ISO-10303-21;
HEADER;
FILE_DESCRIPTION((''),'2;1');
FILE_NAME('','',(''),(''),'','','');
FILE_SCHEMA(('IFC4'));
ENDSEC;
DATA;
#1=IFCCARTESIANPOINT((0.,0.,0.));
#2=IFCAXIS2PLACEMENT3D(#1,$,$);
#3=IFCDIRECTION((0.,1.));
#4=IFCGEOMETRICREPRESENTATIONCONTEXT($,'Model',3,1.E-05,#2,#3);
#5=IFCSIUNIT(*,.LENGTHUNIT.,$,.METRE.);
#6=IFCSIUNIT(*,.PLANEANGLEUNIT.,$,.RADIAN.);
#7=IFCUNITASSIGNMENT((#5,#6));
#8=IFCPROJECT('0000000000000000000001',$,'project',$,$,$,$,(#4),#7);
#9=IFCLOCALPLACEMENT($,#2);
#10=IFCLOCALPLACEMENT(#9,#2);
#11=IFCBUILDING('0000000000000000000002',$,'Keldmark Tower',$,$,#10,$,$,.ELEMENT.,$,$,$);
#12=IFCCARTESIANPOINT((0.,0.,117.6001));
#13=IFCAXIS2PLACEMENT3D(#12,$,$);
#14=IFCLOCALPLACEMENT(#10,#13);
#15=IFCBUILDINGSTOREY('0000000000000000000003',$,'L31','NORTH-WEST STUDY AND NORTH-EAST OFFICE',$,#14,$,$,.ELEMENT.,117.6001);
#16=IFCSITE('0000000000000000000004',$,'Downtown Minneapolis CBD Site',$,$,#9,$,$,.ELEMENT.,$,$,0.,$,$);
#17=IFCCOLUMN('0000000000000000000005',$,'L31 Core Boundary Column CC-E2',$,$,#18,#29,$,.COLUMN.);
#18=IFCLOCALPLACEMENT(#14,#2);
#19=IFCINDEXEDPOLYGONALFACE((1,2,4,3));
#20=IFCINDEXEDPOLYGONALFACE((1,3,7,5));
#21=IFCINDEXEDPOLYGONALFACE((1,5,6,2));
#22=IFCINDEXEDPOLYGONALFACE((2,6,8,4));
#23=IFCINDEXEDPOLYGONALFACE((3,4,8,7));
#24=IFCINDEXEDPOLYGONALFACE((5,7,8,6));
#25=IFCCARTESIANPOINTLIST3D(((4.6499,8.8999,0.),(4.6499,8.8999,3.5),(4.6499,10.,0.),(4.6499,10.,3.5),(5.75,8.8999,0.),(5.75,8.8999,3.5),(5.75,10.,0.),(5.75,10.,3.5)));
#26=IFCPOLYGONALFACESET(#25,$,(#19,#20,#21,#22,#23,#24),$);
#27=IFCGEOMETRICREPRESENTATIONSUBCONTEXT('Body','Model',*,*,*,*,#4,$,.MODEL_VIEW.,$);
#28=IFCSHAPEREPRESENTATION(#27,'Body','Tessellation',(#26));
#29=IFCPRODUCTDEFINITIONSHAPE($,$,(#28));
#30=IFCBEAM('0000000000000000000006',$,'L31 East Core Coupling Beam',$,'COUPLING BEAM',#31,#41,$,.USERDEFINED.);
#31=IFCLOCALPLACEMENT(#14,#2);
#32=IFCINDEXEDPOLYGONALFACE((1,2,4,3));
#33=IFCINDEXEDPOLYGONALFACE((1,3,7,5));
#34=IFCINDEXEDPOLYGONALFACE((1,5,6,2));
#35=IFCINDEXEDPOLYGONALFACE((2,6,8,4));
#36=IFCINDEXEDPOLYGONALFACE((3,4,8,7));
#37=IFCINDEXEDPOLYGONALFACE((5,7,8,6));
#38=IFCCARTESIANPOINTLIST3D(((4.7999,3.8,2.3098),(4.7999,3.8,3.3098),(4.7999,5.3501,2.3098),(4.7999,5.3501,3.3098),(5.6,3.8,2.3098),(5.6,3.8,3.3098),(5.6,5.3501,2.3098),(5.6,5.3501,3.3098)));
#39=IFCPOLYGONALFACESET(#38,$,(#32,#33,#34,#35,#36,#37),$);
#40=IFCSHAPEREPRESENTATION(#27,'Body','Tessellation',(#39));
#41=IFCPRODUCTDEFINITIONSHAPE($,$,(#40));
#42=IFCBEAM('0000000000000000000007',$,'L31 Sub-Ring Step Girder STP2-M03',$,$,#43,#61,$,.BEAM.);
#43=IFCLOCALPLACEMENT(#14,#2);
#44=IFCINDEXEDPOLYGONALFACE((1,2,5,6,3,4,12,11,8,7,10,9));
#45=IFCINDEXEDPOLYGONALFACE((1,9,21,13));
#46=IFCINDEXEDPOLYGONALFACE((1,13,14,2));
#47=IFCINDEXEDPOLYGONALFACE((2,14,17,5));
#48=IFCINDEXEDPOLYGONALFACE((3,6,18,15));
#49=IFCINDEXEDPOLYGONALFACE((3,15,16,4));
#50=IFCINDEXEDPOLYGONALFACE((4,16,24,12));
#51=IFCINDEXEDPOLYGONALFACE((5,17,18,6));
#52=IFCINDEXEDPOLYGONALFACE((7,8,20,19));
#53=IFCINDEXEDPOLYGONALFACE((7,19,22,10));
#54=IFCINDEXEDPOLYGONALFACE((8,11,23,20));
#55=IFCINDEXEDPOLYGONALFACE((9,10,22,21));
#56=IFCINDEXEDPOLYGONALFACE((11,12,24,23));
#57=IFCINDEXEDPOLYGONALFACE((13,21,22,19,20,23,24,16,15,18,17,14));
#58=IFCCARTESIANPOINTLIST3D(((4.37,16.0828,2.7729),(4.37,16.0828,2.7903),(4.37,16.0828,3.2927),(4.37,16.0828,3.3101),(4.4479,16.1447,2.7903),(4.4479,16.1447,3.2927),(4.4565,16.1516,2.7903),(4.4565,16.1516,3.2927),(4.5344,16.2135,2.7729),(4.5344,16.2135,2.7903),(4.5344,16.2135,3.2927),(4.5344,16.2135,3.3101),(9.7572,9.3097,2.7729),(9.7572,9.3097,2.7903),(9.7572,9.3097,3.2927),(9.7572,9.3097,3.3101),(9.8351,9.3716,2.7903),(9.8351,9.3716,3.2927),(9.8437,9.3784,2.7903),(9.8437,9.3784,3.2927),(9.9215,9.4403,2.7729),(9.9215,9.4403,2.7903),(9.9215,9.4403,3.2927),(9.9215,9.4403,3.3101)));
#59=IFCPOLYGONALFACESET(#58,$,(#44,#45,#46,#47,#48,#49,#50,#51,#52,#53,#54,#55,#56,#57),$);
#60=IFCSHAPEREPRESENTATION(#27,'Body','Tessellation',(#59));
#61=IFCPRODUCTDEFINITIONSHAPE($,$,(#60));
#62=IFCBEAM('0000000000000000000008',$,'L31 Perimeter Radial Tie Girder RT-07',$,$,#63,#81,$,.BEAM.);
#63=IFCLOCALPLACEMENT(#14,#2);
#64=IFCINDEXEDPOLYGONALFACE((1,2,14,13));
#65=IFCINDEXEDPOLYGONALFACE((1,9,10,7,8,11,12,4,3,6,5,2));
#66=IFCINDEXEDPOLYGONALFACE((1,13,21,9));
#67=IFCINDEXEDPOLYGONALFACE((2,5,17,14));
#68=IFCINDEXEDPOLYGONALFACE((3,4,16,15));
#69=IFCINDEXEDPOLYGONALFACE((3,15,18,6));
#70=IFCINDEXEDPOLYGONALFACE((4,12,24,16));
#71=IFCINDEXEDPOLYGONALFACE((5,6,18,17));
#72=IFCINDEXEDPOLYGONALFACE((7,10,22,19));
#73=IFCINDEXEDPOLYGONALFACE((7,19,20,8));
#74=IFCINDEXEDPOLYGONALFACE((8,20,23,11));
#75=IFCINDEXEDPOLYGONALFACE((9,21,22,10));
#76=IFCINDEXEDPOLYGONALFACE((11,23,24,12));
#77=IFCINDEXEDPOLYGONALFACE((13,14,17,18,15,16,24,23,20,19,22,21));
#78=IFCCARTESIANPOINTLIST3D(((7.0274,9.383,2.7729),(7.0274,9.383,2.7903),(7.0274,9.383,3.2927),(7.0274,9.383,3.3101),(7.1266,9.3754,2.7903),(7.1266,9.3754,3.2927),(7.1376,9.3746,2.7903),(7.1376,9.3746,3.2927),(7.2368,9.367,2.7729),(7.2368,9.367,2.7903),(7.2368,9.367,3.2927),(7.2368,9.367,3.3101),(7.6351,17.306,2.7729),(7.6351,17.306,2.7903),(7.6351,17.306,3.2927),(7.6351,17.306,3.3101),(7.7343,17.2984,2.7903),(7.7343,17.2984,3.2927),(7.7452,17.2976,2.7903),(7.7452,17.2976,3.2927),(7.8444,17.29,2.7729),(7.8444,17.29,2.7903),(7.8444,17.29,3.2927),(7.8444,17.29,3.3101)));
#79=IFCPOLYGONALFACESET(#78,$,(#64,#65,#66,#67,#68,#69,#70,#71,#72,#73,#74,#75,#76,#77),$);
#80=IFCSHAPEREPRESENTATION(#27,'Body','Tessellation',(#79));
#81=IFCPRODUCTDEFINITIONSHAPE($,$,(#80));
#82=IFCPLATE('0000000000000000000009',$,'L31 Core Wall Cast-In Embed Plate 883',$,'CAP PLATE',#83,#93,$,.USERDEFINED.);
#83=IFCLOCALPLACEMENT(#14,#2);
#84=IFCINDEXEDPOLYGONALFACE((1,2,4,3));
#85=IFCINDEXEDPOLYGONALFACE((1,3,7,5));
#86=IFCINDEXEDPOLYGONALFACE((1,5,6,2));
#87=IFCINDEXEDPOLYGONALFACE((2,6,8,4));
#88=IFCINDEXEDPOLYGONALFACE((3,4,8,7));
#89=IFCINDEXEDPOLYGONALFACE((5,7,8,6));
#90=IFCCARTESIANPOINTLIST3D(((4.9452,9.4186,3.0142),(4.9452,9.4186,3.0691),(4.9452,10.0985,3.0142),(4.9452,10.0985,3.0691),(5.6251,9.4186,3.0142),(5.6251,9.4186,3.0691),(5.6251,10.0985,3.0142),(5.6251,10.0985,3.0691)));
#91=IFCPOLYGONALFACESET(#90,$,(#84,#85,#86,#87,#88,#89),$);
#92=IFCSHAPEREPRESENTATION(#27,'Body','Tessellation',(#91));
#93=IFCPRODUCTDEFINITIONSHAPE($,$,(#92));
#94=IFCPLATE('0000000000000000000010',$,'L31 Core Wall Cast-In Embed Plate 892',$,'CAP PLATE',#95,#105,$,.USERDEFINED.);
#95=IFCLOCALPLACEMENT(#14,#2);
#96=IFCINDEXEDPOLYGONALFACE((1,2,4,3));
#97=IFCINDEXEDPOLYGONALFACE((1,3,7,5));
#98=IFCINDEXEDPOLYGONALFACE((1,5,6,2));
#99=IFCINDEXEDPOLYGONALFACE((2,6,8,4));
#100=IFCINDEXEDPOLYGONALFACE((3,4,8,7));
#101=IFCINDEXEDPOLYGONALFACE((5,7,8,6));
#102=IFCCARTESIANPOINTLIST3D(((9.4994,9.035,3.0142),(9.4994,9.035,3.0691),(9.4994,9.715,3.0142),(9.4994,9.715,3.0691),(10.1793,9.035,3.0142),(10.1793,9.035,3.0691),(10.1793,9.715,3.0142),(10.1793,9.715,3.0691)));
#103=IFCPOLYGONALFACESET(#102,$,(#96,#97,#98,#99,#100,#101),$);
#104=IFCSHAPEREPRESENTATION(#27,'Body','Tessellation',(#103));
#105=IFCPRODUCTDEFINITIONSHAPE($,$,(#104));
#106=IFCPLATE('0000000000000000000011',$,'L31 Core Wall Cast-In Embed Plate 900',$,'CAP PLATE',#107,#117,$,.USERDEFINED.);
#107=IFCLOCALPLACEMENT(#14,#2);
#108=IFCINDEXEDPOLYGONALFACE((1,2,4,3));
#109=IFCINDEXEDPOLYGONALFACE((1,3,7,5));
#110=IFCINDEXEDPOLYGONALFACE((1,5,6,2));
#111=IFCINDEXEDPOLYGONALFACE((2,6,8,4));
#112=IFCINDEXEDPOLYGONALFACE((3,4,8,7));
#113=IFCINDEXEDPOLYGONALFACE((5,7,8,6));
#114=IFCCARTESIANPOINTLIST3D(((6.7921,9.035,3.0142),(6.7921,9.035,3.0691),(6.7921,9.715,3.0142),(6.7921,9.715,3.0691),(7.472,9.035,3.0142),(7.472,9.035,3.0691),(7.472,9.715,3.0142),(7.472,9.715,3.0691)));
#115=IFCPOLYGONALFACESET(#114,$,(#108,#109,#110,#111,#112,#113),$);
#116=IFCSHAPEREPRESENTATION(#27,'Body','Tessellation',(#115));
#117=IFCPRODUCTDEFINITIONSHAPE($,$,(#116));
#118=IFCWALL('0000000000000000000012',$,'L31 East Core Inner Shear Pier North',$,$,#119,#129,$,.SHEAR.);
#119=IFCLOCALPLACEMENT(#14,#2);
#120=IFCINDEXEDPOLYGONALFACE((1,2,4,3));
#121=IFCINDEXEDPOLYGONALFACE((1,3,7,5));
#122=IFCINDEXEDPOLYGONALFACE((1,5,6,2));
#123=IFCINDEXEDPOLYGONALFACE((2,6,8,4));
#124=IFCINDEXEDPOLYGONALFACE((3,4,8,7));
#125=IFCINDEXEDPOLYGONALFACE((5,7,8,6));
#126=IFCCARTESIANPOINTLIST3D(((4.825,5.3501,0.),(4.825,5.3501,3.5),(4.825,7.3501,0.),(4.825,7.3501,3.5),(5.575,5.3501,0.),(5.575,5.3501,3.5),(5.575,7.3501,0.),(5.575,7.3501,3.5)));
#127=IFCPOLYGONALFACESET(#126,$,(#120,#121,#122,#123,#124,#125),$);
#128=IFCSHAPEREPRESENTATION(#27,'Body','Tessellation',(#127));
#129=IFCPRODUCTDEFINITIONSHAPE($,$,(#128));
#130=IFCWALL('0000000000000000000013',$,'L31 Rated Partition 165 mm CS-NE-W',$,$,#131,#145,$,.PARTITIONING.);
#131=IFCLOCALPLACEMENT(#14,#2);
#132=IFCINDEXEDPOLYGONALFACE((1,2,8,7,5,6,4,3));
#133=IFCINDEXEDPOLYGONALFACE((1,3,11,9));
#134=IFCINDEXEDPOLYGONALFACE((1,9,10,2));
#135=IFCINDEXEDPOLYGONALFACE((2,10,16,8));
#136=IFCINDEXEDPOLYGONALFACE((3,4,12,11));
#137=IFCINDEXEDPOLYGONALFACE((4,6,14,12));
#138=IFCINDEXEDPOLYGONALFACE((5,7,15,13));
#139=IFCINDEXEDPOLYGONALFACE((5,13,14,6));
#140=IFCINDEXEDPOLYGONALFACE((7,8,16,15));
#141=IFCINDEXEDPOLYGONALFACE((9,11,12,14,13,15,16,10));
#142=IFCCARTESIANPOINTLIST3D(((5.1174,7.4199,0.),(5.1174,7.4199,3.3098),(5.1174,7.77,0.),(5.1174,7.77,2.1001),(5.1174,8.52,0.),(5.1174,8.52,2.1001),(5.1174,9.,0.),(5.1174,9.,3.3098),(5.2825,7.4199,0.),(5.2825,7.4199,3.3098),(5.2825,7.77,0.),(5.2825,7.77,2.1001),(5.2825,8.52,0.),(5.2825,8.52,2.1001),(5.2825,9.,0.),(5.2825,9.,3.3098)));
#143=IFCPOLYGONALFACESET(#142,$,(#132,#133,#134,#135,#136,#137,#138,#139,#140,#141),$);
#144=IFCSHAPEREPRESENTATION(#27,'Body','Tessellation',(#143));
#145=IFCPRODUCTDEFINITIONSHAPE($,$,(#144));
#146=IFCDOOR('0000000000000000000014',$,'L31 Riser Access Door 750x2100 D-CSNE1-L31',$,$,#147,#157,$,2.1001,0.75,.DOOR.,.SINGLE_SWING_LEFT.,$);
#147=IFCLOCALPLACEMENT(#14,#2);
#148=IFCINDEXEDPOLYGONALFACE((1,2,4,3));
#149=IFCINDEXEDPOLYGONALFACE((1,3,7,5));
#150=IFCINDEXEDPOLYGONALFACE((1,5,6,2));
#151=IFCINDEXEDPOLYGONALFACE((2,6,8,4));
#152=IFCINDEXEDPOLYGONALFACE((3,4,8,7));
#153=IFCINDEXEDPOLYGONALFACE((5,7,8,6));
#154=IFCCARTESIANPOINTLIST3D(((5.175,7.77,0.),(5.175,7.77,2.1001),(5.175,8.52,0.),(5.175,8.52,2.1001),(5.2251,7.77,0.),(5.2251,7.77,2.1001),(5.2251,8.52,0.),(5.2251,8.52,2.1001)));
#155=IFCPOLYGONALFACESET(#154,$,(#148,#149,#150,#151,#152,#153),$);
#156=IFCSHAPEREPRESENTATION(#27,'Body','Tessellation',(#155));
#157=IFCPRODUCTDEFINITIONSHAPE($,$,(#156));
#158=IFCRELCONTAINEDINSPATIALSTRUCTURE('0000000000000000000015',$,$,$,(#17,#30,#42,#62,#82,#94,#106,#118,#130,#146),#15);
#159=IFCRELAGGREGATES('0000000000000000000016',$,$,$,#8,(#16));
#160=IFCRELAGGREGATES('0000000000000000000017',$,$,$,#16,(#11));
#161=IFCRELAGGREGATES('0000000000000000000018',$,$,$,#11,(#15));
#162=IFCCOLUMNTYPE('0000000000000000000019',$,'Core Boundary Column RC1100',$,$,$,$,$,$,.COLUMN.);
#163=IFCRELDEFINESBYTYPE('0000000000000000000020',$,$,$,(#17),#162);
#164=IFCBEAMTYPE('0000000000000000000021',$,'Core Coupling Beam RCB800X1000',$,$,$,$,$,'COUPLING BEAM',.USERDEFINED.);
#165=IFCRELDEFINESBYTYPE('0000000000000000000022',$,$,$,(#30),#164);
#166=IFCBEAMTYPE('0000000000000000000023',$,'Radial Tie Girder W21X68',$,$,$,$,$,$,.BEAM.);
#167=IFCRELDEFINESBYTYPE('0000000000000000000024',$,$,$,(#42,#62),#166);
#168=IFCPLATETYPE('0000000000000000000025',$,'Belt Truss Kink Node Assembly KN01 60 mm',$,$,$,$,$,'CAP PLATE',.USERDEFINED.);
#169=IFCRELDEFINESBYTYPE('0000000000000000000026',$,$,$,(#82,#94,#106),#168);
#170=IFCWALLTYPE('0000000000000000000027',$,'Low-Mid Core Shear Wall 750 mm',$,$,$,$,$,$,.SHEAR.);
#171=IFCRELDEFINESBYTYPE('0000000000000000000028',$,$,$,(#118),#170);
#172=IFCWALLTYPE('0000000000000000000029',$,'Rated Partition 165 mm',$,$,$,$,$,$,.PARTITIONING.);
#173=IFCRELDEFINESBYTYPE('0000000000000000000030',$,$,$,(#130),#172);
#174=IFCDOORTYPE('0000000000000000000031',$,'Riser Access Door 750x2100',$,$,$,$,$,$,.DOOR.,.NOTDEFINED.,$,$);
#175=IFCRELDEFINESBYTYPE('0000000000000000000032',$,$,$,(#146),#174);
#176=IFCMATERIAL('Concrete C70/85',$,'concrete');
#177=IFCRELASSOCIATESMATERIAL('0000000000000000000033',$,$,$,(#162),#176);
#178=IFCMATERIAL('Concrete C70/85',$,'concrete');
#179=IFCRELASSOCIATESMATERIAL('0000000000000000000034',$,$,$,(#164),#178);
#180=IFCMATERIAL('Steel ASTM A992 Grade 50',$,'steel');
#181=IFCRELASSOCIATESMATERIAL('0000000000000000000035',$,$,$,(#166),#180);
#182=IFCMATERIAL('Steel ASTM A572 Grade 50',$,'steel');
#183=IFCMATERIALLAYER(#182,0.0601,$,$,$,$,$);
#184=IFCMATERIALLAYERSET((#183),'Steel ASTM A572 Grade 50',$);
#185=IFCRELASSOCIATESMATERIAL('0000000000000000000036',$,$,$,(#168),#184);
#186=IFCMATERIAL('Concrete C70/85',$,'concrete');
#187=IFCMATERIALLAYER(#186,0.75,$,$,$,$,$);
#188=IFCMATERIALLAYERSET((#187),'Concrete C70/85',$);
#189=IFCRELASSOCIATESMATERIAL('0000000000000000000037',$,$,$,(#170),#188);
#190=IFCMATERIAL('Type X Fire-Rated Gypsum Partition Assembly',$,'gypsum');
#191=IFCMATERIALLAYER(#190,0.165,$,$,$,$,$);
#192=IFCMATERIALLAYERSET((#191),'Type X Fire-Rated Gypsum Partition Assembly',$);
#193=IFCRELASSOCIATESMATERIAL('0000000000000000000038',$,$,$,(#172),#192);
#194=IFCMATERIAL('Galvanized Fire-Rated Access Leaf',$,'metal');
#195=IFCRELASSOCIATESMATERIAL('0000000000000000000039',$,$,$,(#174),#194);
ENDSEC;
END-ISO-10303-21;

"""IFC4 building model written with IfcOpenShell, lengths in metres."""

from ifc_helpers import new_model, si_unit, direction, frame, frame_2d, origin, origin_2d, place, context, subcontext, project, spatial, rectangle, i_section, extrude, material, layer, layer_set, material_profile, profile_set, type_object, element, fill, save


model = new_model("IFC4")

# Units and contexts
model_context = context("Model", 3, precision=1e-05, world=origin(), true_north=direction((0.0, 1.0)))
body_context = subcontext(model_context, "Body", "Model", "MODEL_VIEW")
ifc_project = project(units=[si_unit("LENGTHUNIT", "METRE"), si_unit("PLANEANGLEUNIT", "RADIAN")], contexts=[model_context])

# Site, building, storey
site_placement = place(None, origin())
site = spatial("IfcSite", under=ifc_project, at=site_placement, Name="Downtown Minneapolis CBD Site", CompositionType="ELEMENT", RefElevation=0.0)
building_placement = place(site_placement, origin())
building = spatial("IfcBuilding", under=site, at=building_placement, Name="Keldmark Tower", CompositionType="ELEMENT")
storey_placement = place(building_placement, frame((0.0, 0.0, 117.6001)))
storey = spatial("IfcBuildingStorey", under=building, at=storey_placement, Name="L31", Description="NORTH-WEST STUDY AND NORTH-EAST OFFICE", CompositionType="ELEMENT", Elevation=117.6001)

# Column
ifc_material_1 = material(Name="Concrete C70/85", Category="concrete")
ifc_material_profile_1 = material_profile(ifc_material_1, rectangle(XDim=1.1001, YDim=1.1001, at=origin_2d()), Name="RC1100X1100")
ifc_profile_set_1 = profile_set([ifc_material_profile_1], Name="Concrete C70/85")
column_type = type_object("IfcColumnType", Name="Core Boundary Column RC1100", PredefinedType="COLUMN", material=ifc_profile_set_1)
column_placement = place(storey_placement, frame((5.2, 9.45, 0.0), z_axis=(0.0, 0.0, 1.0), x_axis=(1.0, 0.0, 0.0)))
element("IfcColumn", 1, at=column_placement, inside=storey, type_object=column_type, Name="L31 Core Boundary Column CC-E2", PredefinedType="COLUMN", context=body_context, shape_type="SweptSolid", body=[
    extrude(rectangle(XDim=1.1001, YDim=1.1001, at=origin_2d()), origin(), (0.0, 0.0, 1.0), 3.5),
])

# Beams
ifc_material_2 = material(Name="Concrete C70/85", Category="concrete")
ifc_material_profile_2 = material_profile(ifc_material_2, rectangle(XDim=0.8, YDim=1.0, at=origin_2d()), Name="RCB800X1000")
ifc_profile_set_2 = profile_set([ifc_material_profile_2], Name="Concrete C70/85")
beam_type_1 = type_object("IfcBeamType", Name="Core Coupling Beam RCB800X1000", ElementType="COUPLING BEAM", PredefinedType="USERDEFINED", material=ifc_profile_set_2)
beam_1_placement = place(storey_placement, frame((5.2, 3.8, 2.8098), z_axis=(0.0, 1.0, 0.0), x_axis=(-1.0, 0.0, 0.0)))
element("IfcBeam", 2, at=beam_1_placement, inside=storey, type_object=beam_type_1, Name="L31 East Core Coupling Beam", ObjectType="COUPLING BEAM", PredefinedType="USERDEFINED", context=body_context, shape_type="SweptSolid", body=[
    extrude(rectangle(XDim=0.8, YDim=1.0, at=origin_2d()), origin(), (0.0, 0.0, 1.0), 1.55),
])
ifc_material_3 = material(Name="Steel ASTM A992 Grade 50", Category="steel")
ifc_material_profile_3 = material_profile(ifc_material_3, i_section(OverallWidth=0.21, OverallDepth=0.5371, WebThickness=0.011, FlangeThickness=0.0173, at=origin_2d()), Name="W21X68")
ifc_profile_set_3 = profile_set([ifc_material_profile_3], Name="Steel ASTM A992 Grade 50")
beam_type_2 = type_object("IfcBeamType", Name="Radial Tie Girder W21X68", PredefinedType="BEAM", material=ifc_profile_set_3)
beam_2_placement = place(storey_placement, frame((9.8394, 9.375, 3.0415), z_axis=(-0.622484, 0.782633, 0.0), x_axis=(-0.782633, -0.622484, 0.0)))
element("IfcBeam", 3, at=beam_2_placement, inside=storey, type_object=beam_type_2, Name="L31 Sub-Ring Step Girder STP2-M03", PredefinedType="BEAM", context=body_context, shape_type="SweptSolid", body=[
    extrude(i_section(OverallWidth=0.21, OverallDepth=0.5371, WebThickness=0.011, FlangeThickness=0.0173, at=origin_2d()), origin(), (0.0, 0.0, 1.0), 8.6543),
])
beam_3_placement = place(storey_placement, frame((7.1321, 9.375, 3.0415), z_axis=(0.076471, 0.997072, 0.0), x_axis=(-0.997072, 0.076471, 0.0)))
element("IfcBeam", 4, at=beam_3_placement, inside=storey, type_object=beam_type_2, Name="L31 Perimeter Radial Tie Girder RT-07", PredefinedType="BEAM", context=body_context, shape_type="SweptSolid", body=[
    extrude(i_section(OverallWidth=0.21, OverallDepth=0.5371, WebThickness=0.011, FlangeThickness=0.0173, at=origin_2d()), origin(), (0.0, 0.0, 1.0), 7.9463),
])

# Plates
ifc_material_4 = material(Name="Steel ASTM A572 Grade 50", Category="steel")
ifc_layer_1 = layer(ifc_material_4, 0.0601)
ifc_layer_set_1 = layer_set([ifc_layer_1], Name="Steel ASTM A572 Grade 50")
plate_type = type_object("IfcPlateType", Name="Belt Truss Kink Node Assembly KN01 60 mm", ElementType="CAP PLATE", PredefinedType="USERDEFINED", material=ifc_layer_set_1)
for number, where, z_axis, x_axis, name in (
    (5, (5.2852, 9.7585, 3.0142), (0.0, 0.0, 1.0), (1.0, 0.0, 0.0), "L31 Core Wall Cast-In Embed Plate 883"),
    (6, (9.8394, 9.375, 3.0142), (0.0, 0.0, 1.0), (1.0, 0.0, 0.0), "L31 Core Wall Cast-In Embed Plate 892"),
    (7, (7.1321, 9.375, 3.0142), (0.0, 0.0, 1.0), (1.0, 0.0, 0.0), "L31 Core Wall Cast-In Embed Plate 900"),
):
    element("IfcPlate", number, at=place(storey_placement, frame(where, z_axis=z_axis, x_axis=x_axis)), inside=storey, type_object=plate_type, Name=name, ObjectType="CAP PLATE", PredefinedType="USERDEFINED", context=body_context, shape_type="SweptSolid", body=[
        extrude(rectangle(XDim=0.6799, YDim=0.6799, at=origin_2d()), origin(), (0.0, 0.0, 1.0), 0.0549),
    ])

# Wall
ifc_material_5 = material(Name="Concrete C70/85", Category="concrete")
ifc_layer_2 = layer(ifc_material_5, 0.75)
ifc_layer_set_2 = layer_set([ifc_layer_2], Name="Concrete C70/85")
wall_type_1 = type_object("IfcWallType", Name="Low-Mid Core Shear Wall 750 mm", PredefinedType="SHEAR", material=ifc_layer_set_2)
wall_1_placement = place(storey_placement, frame((5.2, 5.3501, 0.0), z_axis=(0.0, 0.0, 1.0), x_axis=(0.0, 1.0, 0.0)))
element("IfcWall", 8, at=wall_1_placement, inside=storey, type_object=wall_type_1, Name="L31 East Core Inner Shear Pier North", PredefinedType="SHEAR", context=body_context, shape_type="SweptSolid", body=[
    extrude(rectangle(XDim=2.0, YDim=0.75, at=frame_2d((1.0, 0.0))), origin(), (0.0, 0.0, 1.0), 3.5),
])

# Wall, opening, door
ifc_material_6 = material(Name="Type X Fire-Rated Gypsum Partition Assembly", Category="gypsum")
ifc_layer_3 = layer(ifc_material_6, 0.165)
ifc_layer_set_3 = layer_set([ifc_layer_3], Name="Type X Fire-Rated Gypsum Partition Assembly")
wall_type_2 = type_object("IfcWallType", Name="Rated Partition 165 mm", PredefinedType="PARTITIONING", material=ifc_layer_set_3)
wall_2_placement = place(storey_placement, frame((5.2, 7.4199, 0.0), z_axis=(0.0, 0.0, 1.0), x_axis=(0.0, 1.0, 0.0)))
wall_2 = element("IfcWall", 9, at=wall_2_placement, inside=storey, type_object=wall_type_2, Name="L31 Rated Partition 165 mm CS-NE-W", PredefinedType="PARTITIONING", context=body_context, shape_type="SweptSolid", body=[
    extrude(rectangle(XDim=1.5801, YDim=0.165, at=frame_2d((0.79, 0.0))), origin(), (0.0, 0.0, 1.0), 3.3098),
])
opening_1_placement = place(wall_2_placement, frame((0.3501, 0.0, 0.0)))
opening_1 = element("IfcOpeningElement", 10, at=opening_1_placement, cuts=wall_2, PredefinedType="OPENING", context=body_context, shape_type="SweptSolid", body=[
    extrude(rectangle(XDim=0.75, YDim=2.1001, at=frame_2d((0.375, 1.05))), frame((0.0, 0.0925, 0.0), z_axis=(0.0, -1.0, 0.0), x_axis=(1.0, 0.0, 0.0)), (0.0, 0.0, 1.0), 0.1851),
])
ifc_material_7 = material(Name="Galvanized Fire-Rated Access Leaf", Category="metal")
door_type_1 = type_object("IfcDoorType", Name="Riser Access Door 750x2100", OperationType="NOTDEFINED", PredefinedType="DOOR", material=ifc_material_7)
door_1_placement = place(opening_1_placement, origin())
door_1 = element("IfcDoor", 11, at=door_1_placement, inside=storey, type_object=door_type_1, Name="L31 Riser Access Door 750x2100 D-CSNE1-L31", OperationType="SINGLE_SWING_LEFT", OverallHeight=2.1001, OverallWidth=0.75, PredefinedType="DOOR", context=body_context, shape_type="SweptSolid", body=[
    extrude(rectangle(XDim=0.75, YDim=2.1001, at=frame_2d((0.375, 1.05))), frame((0.0, 0.0249, 0.0), z_axis=(0.0, -1.0, 0.0), x_axis=(1.0, 0.0, 0.0)), (0.0, 0.0, 1.0), 0.05),
])
fill(opening_1, door_1)

save(model, "model.ifc")
